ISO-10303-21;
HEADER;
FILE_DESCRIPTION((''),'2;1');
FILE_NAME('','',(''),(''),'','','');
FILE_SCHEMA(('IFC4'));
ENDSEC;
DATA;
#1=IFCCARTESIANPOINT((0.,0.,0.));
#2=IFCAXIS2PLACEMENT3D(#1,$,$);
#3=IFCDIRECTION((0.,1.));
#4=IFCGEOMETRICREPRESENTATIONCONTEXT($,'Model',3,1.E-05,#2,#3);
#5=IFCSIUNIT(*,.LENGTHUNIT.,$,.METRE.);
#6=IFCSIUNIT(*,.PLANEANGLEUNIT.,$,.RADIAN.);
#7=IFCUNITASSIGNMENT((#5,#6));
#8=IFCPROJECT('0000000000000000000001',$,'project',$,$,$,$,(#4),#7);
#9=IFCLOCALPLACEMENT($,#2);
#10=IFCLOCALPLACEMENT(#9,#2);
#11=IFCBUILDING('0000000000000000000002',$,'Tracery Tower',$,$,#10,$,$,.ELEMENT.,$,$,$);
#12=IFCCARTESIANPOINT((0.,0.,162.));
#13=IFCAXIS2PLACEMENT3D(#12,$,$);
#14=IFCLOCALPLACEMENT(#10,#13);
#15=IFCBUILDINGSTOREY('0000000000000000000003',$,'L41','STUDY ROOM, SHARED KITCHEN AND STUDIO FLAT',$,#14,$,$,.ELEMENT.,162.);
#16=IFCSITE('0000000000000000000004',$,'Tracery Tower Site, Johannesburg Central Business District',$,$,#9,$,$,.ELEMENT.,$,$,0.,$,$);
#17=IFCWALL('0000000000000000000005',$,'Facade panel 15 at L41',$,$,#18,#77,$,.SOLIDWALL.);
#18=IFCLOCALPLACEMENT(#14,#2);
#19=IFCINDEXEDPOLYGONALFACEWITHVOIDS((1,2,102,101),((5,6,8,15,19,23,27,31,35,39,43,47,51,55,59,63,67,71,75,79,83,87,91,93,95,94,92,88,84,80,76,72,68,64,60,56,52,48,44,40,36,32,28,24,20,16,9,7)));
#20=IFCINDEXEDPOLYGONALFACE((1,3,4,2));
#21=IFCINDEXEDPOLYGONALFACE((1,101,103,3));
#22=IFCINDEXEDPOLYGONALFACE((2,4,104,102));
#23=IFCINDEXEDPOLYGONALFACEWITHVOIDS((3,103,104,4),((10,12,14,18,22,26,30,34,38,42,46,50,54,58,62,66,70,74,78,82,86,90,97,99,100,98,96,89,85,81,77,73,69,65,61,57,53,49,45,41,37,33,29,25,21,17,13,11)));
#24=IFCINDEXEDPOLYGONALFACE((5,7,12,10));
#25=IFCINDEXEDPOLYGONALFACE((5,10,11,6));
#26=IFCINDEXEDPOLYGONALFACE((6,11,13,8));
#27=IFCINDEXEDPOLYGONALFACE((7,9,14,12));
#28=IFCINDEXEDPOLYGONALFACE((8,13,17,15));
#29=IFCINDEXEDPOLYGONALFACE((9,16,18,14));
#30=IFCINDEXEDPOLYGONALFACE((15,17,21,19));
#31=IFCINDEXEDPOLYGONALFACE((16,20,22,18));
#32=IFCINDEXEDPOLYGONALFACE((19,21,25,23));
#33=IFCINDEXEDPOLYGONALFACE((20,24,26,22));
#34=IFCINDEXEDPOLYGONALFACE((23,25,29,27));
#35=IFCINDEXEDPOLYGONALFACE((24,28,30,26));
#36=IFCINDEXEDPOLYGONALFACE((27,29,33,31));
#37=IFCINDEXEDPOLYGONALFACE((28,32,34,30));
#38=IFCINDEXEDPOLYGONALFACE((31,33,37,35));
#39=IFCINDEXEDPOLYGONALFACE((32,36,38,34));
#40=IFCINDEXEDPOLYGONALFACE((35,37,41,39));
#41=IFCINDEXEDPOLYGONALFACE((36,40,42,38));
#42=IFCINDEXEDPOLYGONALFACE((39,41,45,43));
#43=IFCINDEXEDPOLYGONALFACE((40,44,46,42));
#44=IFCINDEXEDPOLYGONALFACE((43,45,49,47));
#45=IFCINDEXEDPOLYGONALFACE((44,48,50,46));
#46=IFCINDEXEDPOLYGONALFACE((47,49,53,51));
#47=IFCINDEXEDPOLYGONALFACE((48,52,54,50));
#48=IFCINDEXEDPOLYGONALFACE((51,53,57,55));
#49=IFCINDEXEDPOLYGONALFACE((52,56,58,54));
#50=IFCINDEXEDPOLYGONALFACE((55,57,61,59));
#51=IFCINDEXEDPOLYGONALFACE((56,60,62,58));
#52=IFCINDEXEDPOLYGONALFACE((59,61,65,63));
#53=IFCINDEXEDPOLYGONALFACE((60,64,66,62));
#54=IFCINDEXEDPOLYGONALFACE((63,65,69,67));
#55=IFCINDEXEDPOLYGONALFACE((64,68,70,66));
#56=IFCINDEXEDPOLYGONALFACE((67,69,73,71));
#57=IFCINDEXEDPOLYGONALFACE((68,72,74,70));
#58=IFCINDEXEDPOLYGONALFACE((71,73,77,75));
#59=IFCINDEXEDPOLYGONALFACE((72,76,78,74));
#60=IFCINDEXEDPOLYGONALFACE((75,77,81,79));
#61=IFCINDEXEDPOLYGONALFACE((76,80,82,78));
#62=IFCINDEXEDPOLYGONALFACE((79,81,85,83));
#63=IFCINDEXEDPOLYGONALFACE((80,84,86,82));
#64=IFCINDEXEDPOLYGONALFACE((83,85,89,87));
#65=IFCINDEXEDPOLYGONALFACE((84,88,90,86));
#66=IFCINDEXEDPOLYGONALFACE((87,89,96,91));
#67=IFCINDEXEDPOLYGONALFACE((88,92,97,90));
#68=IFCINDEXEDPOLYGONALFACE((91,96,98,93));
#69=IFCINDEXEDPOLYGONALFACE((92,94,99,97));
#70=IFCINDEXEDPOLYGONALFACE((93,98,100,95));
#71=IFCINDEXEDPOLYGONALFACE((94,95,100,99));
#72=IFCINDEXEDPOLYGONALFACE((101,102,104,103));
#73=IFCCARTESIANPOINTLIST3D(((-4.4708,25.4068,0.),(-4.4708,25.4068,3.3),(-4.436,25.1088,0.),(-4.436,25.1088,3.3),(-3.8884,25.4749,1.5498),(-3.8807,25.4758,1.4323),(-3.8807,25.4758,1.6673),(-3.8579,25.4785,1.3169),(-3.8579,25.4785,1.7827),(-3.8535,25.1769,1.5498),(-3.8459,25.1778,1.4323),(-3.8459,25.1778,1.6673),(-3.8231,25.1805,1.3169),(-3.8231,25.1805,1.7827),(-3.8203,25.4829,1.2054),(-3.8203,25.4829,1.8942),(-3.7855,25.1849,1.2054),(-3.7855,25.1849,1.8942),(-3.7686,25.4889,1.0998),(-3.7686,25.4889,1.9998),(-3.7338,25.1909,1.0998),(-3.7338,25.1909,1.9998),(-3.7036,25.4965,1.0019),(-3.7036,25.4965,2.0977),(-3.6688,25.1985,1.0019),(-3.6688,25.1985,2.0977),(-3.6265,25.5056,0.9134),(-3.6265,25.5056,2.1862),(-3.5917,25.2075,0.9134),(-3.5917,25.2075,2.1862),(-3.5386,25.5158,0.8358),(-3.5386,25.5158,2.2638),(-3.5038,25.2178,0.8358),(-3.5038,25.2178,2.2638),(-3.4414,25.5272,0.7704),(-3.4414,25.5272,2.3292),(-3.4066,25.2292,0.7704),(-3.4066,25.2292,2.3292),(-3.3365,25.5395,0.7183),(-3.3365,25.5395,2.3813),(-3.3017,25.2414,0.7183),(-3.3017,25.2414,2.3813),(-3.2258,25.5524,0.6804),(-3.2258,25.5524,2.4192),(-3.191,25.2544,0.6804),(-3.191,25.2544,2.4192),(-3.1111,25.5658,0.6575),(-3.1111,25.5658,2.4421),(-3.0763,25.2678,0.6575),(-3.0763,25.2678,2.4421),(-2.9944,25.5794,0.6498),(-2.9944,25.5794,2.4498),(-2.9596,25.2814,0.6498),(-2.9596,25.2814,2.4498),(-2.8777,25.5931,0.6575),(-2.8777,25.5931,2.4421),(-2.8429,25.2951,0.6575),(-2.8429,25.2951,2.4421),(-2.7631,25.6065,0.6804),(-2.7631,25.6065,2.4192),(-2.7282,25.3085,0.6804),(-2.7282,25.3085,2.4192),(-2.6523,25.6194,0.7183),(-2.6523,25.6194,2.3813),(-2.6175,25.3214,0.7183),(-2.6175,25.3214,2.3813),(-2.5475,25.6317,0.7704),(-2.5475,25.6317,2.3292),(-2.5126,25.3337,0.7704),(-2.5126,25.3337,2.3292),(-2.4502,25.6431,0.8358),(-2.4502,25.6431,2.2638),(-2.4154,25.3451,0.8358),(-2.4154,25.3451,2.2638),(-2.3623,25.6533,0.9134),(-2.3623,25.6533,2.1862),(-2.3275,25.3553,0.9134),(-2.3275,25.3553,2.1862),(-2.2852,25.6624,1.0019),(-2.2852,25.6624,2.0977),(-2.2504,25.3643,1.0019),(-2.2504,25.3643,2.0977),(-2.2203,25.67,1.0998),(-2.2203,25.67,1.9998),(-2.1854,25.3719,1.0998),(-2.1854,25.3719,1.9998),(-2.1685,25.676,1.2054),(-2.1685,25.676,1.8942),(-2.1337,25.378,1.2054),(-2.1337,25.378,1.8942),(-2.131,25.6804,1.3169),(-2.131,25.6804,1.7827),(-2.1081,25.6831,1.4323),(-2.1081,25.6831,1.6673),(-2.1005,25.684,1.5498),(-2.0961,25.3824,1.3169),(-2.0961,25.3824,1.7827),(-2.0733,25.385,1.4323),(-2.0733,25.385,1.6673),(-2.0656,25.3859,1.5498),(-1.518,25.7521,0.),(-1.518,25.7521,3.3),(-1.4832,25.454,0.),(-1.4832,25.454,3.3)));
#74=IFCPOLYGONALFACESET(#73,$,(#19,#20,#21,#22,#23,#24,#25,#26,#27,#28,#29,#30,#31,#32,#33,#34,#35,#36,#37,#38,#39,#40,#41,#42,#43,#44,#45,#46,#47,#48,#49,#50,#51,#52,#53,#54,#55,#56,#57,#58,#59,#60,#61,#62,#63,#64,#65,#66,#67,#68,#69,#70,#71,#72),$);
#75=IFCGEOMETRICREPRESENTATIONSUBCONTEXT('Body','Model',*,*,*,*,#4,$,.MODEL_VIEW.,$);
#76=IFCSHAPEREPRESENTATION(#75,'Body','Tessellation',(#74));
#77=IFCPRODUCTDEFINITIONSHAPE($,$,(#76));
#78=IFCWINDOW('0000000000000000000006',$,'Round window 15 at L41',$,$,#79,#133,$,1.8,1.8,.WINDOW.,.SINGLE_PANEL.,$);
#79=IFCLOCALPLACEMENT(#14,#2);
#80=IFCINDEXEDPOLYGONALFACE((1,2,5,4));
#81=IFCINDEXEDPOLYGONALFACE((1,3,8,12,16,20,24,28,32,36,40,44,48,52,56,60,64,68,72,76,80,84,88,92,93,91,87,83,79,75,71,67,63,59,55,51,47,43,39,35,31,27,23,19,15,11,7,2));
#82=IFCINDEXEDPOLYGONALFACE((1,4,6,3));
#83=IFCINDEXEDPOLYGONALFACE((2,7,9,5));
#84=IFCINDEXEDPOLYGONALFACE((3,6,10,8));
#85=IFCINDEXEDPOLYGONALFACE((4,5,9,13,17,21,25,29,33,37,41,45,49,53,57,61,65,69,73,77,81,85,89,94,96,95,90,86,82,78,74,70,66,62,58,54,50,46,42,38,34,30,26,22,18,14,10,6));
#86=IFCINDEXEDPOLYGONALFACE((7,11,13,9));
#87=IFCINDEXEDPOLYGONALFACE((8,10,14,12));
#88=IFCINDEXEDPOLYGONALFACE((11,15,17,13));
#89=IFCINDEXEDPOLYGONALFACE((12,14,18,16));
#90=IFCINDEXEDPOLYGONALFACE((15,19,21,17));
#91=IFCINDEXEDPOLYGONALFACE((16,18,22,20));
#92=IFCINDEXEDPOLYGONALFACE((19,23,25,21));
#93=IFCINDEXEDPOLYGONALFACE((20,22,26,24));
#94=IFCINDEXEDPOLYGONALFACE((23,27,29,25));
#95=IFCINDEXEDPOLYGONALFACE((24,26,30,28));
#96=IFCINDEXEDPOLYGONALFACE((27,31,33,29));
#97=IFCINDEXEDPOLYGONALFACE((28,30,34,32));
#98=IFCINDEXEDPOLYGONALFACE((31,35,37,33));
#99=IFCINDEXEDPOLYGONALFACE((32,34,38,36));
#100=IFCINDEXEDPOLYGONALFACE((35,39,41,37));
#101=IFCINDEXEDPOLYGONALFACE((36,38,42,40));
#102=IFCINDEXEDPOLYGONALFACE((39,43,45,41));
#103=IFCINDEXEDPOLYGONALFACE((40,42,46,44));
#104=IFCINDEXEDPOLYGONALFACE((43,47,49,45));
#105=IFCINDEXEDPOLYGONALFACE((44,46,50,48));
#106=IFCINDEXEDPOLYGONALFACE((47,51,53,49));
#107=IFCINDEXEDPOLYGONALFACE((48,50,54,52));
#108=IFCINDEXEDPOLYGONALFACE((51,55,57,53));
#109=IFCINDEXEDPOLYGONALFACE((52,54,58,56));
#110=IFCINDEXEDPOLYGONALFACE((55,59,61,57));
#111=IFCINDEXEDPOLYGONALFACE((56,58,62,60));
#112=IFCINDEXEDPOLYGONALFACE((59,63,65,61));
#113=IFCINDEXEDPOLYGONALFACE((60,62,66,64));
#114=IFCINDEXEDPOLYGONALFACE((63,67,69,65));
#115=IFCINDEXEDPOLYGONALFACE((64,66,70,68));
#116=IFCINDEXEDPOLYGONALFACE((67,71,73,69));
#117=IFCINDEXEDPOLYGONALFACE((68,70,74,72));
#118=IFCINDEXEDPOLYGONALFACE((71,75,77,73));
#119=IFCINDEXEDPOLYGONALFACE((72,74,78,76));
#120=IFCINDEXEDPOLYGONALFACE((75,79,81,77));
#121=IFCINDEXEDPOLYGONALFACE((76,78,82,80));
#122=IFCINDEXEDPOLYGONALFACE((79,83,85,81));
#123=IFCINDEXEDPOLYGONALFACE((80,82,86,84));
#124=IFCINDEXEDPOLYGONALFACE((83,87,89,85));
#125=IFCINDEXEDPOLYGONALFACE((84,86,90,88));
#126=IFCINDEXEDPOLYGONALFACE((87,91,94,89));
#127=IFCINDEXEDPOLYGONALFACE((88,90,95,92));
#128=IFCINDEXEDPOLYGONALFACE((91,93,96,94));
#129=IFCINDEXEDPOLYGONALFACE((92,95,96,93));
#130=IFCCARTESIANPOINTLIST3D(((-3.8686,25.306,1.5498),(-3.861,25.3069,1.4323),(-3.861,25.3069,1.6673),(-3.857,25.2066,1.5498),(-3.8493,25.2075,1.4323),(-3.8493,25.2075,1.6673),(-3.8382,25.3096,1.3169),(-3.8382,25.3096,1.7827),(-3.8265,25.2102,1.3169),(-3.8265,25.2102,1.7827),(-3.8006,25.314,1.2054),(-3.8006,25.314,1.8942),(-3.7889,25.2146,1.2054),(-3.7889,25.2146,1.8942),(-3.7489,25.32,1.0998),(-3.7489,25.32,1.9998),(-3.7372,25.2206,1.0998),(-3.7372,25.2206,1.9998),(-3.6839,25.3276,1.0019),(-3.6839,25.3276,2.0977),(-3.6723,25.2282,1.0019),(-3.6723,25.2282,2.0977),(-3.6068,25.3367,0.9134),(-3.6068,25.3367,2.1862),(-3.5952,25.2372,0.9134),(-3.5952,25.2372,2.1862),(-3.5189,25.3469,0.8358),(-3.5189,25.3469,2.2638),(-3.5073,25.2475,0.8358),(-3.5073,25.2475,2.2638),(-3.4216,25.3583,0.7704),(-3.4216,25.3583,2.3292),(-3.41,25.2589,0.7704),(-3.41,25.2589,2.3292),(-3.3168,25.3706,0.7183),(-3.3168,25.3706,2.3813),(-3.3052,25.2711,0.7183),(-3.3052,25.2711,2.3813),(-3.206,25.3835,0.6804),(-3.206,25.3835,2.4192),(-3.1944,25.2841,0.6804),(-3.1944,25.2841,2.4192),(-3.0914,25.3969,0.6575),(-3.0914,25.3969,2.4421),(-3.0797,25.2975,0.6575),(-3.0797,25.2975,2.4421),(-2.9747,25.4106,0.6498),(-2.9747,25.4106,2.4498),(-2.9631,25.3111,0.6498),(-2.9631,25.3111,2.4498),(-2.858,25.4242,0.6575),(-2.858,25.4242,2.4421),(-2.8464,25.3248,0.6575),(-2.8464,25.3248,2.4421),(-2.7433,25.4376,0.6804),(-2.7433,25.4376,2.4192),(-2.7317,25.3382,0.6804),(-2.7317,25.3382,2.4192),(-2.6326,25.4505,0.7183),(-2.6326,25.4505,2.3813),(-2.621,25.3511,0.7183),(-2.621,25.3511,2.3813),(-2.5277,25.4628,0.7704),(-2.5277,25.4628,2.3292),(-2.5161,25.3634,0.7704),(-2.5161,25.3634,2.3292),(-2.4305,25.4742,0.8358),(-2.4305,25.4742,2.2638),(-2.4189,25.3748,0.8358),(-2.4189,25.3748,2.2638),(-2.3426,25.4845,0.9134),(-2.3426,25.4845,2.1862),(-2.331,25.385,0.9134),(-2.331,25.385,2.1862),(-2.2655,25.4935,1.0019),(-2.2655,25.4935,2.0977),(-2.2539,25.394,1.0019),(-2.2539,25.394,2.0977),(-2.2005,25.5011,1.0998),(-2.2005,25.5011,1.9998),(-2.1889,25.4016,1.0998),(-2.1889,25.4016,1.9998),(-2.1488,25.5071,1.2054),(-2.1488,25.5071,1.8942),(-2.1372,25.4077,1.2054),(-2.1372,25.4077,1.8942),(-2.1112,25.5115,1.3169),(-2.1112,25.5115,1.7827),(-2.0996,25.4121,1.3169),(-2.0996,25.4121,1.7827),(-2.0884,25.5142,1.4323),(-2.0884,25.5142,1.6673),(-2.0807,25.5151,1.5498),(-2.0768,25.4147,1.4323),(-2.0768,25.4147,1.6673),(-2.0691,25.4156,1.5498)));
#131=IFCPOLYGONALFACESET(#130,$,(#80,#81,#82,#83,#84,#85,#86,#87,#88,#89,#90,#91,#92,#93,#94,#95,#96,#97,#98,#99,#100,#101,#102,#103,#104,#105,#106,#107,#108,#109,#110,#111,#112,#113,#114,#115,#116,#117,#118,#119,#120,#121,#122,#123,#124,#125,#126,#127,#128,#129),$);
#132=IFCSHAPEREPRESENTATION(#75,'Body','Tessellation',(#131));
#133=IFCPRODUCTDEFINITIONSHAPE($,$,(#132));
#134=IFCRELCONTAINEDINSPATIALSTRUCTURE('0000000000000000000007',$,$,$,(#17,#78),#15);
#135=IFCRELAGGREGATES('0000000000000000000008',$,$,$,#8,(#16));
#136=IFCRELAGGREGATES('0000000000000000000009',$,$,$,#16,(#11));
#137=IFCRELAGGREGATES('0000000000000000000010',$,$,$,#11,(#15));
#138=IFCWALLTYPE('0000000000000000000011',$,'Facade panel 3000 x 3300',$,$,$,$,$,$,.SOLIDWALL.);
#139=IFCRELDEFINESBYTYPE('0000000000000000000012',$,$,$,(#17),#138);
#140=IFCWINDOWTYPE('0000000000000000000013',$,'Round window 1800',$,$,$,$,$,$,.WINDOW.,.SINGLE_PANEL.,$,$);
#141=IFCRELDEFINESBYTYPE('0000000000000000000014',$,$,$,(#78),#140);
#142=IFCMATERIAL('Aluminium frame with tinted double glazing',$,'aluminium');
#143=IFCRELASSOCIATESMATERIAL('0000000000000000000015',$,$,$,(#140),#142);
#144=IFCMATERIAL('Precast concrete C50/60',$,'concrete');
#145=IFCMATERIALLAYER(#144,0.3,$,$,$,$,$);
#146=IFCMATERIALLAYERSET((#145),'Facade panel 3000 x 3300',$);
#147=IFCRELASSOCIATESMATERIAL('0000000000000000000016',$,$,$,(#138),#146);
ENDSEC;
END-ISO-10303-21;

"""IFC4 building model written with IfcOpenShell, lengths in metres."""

from ifc_helpers import new_model, si_unit, direction, frame, frame_2d, origin, origin_2d, place, context, subcontext, project, spatial, rectangle, circle, extrude, material, layer, layer_set, type_object, element, fill, save


model = new_model("IFC4")

# Units and contexts
model_context = context("Model", 3, precision=1e-05, world=origin(), true_north=direction((0.0, 1.0)))
body_context = subcontext(model_context, "Body", "Model", "MODEL_VIEW")
ifc_project = project(units=[si_unit("LENGTHUNIT", "METRE"), si_unit("PLANEANGLEUNIT", "RADIAN")], contexts=[model_context])

# Site, building, storey
site_placement = place(None, origin())
site = spatial("IfcSite", under=ifc_project, at=site_placement, Name="Tracery Tower Site, Johannesburg Central Business District", CompositionType="ELEMENT", RefElevation=0.0)
building_placement = place(site_placement, origin())
building = spatial("IfcBuilding", under=site, at=building_placement, Name="Tracery Tower", CompositionType="ELEMENT")
storey_placement = place(building_placement, frame((0.0, 0.0, 162.0)))
storey = spatial("IfcBuildingStorey", under=building, at=storey_placement, Name="L41", Description="STUDY ROOM, SHARED KITCHEN AND STUDIO FLAT", CompositionType="ELEMENT", Elevation=162.0)

# Wall, opening, window
ifc_material_1 = material(Name="Aluminium frame with tinted double glazing", Category="aluminium")
window_type = type_object("IfcWindowType", Name="Round window 1800", PartitioningType="SINGLE_PANEL", PredefinedType="WINDOW", material=ifc_material_1)
ifc_material_2 = material(Name="Precast concrete C50/60", Category="concrete")
ifc_layer_1 = layer(ifc_material_2, 0.3)
ifc_layer_set_1 = layer_set([ifc_layer_1], Name="Facade panel 3000 x 3300")
wall_type_1 = type_object("IfcWallType", Name="Facade panel 3000 x 3300", PredefinedType="SOLIDWALL", material=ifc_layer_set_1)
wall_1_placement = place(storey_placement, frame((-1.5007, 25.603, 0.0), z_axis=(0.0, 0.0, 1.0), x_axis=(-0.993236, -0.116117, 0.0)))
wall_1 = element("IfcWall", 1, at=wall_1_placement, inside=storey, type_object=wall_type_1, Name="Facade panel 15 at L41", PredefinedType="SOLIDWALL", context=body_context, shape_type="SweptSolid", body=[
    extrude(rectangle(XDim=2.9729, YDim=0.3, at=frame_2d((1.4863, 0.0))), origin(), (0.0, 0.0, 1.0), 3.3),
])
opening_1_placement = place(wall_1_placement, frame((1.4863, 0.0, 1.5498)))
opening_1 = element("IfcOpeningElement", 2, at=opening_1_placement, cuts=wall_1, PredefinedType="OPENING", context=body_context, shape_type="SweptSolid", body=[
    extrude(circle(Radius=0.9, at=origin_2d()), frame((0.0, 0.1599, 0.0), z_axis=(0.0, -1.0, 0.0), x_axis=(1.0, 0.0, 0.0)), (0.0, 0.0, 1.0), 0.3201),
])
window_1_placement = place(opening_1_placement, origin())
window_1 = element("IfcWindow", 3, at=window_1_placement, inside=storey, type_object=window_type, Name="Round window 15 at L41", OverallHeight=1.8, OverallWidth=1.8, PartitioningType="SINGLE_PANEL", PredefinedType="WINDOW", context=body_context, shape_type="SweptSolid", body=[
    extrude(circle(Radius=0.9, at=origin_2d()), frame((0.0, 0.1201, 0.0), z_axis=(0.0, -1.0, 0.0), x_axis=(1.0, 0.0, 0.0)), (0.0, 0.0, 1.0), 0.1001),
])
fill(opening_1, window_1)

save(model, "model.ifc")
